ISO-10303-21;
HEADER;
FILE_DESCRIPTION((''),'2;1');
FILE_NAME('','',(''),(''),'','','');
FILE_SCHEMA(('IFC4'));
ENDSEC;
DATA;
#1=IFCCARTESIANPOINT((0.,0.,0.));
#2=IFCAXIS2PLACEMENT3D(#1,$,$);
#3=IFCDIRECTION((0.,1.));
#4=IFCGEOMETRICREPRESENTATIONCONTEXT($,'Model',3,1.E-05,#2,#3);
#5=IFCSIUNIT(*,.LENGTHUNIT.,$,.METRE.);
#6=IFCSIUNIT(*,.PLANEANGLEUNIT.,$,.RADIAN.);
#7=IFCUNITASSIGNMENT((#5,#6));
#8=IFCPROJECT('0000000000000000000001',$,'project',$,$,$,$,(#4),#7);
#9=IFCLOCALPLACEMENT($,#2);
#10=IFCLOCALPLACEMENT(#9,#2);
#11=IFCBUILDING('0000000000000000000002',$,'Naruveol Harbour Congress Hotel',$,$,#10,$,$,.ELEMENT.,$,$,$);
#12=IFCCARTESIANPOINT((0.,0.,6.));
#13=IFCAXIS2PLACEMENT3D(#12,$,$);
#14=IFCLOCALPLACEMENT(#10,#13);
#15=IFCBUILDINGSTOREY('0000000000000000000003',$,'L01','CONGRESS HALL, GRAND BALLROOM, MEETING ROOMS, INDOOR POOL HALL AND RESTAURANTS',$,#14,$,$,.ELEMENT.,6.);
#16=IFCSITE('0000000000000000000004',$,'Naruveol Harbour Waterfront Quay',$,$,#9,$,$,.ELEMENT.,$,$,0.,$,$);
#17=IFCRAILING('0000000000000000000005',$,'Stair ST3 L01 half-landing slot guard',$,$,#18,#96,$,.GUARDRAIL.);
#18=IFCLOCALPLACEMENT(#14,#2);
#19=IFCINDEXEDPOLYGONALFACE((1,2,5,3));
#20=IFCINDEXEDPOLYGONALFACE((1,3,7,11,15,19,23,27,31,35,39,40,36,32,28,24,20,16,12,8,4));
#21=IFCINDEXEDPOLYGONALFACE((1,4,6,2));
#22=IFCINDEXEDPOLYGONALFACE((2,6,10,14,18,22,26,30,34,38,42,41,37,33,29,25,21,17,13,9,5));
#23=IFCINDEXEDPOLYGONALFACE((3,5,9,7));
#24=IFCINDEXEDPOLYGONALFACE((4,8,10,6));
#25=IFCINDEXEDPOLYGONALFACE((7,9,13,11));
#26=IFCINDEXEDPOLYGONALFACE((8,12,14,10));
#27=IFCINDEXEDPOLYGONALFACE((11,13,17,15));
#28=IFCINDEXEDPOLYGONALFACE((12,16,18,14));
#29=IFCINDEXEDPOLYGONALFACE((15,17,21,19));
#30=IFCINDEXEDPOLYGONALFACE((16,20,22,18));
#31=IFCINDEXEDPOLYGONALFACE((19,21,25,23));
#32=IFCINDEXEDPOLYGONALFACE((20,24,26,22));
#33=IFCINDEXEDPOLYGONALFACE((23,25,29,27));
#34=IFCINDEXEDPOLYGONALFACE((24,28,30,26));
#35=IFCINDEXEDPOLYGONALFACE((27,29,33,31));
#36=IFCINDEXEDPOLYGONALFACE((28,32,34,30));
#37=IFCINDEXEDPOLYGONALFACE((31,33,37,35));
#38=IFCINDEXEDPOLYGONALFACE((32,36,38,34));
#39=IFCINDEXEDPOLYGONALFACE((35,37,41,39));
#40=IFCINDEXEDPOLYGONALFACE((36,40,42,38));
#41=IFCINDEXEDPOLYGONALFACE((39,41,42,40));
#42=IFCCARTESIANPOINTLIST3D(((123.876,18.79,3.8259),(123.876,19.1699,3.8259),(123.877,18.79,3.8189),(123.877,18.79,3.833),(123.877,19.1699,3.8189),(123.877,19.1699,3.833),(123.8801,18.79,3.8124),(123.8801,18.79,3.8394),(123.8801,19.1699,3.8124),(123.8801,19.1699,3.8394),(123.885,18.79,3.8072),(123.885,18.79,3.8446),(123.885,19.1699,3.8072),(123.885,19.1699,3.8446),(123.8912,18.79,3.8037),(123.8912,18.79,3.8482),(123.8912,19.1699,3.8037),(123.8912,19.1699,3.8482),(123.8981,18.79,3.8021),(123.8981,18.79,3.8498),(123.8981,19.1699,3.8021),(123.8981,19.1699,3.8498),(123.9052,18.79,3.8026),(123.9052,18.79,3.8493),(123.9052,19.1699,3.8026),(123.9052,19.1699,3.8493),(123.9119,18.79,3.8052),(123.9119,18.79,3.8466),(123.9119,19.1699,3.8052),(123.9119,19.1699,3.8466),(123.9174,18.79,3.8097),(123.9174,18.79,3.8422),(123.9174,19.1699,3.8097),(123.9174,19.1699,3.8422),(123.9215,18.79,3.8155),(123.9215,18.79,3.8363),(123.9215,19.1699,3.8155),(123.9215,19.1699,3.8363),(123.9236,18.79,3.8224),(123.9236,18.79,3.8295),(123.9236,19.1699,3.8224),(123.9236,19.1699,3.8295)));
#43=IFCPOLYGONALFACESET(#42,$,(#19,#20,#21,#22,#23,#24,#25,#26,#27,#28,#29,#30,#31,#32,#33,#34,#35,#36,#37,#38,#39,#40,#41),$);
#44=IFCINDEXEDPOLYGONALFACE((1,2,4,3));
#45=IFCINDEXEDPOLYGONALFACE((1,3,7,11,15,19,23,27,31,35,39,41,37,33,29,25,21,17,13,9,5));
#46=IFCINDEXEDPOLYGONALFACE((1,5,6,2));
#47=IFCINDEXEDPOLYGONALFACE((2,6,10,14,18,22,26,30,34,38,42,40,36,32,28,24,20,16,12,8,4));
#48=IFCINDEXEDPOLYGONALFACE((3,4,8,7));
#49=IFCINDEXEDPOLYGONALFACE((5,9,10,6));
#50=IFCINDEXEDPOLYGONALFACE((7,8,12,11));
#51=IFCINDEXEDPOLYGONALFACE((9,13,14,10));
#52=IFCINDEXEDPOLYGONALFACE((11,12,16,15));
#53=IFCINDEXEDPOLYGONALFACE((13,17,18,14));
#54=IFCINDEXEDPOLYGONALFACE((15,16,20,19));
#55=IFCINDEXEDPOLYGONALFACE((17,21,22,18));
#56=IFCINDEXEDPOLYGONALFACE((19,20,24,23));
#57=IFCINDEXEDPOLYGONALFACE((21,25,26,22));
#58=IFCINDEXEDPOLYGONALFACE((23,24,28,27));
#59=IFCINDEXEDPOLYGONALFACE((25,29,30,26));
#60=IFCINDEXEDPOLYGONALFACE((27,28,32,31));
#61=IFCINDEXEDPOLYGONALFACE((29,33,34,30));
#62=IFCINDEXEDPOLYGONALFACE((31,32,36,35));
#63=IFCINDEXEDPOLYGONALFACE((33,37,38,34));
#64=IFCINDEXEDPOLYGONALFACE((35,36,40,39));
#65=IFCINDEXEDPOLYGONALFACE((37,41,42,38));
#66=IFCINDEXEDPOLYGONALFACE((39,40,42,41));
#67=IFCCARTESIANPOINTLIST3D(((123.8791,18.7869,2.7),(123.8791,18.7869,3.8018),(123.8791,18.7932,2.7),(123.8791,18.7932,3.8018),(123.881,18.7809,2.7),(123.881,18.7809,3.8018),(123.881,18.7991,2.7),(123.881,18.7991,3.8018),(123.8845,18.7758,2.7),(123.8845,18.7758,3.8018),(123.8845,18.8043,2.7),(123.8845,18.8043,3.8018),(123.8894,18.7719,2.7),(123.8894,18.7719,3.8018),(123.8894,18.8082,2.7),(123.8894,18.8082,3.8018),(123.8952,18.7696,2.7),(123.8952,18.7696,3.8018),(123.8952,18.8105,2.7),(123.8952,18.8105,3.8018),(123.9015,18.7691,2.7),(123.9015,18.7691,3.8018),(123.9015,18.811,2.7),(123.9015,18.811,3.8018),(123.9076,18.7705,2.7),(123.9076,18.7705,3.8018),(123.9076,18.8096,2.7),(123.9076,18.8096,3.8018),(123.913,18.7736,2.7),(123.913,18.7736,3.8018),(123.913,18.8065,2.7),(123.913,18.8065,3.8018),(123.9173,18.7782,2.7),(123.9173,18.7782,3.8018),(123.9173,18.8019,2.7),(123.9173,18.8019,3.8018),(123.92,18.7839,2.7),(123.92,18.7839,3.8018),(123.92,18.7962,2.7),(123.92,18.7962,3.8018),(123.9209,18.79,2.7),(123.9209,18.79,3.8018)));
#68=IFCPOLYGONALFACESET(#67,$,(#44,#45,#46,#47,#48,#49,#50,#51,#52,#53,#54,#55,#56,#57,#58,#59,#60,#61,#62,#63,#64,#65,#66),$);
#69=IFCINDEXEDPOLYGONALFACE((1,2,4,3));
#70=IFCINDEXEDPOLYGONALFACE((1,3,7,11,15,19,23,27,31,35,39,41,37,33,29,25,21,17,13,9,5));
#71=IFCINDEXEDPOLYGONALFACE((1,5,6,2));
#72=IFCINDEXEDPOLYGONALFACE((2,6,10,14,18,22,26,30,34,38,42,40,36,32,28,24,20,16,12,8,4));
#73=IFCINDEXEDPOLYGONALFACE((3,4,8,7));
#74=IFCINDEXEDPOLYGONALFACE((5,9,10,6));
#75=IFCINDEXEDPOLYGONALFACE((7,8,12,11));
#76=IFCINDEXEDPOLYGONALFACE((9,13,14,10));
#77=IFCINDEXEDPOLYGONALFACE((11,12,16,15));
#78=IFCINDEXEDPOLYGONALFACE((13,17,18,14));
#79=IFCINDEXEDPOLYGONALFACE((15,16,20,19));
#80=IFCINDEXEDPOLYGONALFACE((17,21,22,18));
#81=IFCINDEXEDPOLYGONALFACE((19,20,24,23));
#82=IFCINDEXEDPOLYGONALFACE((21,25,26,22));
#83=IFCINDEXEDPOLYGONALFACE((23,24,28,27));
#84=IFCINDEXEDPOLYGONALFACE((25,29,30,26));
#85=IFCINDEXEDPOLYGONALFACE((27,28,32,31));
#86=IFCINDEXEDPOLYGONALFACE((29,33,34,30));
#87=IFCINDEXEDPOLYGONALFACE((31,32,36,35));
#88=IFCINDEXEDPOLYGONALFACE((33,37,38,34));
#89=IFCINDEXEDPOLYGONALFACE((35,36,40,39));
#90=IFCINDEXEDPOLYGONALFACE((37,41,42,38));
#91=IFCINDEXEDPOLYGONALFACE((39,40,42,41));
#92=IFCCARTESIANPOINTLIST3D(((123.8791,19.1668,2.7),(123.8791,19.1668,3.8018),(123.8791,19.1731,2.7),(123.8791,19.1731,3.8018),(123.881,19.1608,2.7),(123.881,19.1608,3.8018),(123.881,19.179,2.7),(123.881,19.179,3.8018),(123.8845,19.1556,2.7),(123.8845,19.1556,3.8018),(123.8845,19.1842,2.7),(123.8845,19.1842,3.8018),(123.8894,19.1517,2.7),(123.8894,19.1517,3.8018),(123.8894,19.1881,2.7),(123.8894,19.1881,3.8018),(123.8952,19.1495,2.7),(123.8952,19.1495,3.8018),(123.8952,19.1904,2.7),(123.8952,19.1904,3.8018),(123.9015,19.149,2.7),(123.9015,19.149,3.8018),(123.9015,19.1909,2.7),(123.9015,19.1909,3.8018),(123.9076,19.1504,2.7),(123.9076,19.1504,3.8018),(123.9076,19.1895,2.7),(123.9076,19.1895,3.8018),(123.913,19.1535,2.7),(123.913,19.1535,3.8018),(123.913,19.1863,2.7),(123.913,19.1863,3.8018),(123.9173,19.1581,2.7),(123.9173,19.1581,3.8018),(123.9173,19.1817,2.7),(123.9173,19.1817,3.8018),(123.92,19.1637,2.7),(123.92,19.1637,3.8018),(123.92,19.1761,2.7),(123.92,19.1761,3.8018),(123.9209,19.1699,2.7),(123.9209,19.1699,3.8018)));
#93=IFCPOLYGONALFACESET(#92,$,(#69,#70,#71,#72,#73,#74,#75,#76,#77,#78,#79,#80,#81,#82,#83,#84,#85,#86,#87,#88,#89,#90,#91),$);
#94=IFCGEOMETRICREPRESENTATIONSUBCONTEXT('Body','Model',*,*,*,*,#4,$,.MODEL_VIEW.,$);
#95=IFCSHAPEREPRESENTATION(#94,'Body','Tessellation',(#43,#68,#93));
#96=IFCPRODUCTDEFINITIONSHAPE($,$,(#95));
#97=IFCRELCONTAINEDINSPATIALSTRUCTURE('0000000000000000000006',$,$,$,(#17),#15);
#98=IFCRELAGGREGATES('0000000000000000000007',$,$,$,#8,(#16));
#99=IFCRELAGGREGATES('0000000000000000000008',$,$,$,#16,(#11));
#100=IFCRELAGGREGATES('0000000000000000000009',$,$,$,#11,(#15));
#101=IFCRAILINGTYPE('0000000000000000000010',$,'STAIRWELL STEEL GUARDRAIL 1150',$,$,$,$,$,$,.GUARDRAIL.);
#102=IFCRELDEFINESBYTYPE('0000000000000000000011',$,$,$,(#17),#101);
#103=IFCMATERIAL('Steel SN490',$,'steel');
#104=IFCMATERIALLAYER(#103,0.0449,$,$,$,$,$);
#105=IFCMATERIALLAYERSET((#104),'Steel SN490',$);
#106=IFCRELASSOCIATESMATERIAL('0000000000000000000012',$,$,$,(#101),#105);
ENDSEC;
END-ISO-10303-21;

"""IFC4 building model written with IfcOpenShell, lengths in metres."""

from ifc_helpers import new_model, si_unit, direction, frame, origin, origin_2d, place, context, subcontext, project, spatial, circle, extrude, material, layer, layer_set, type_object, element, save


model = new_model("IFC4")

# Units and contexts
model_context = context("Model", 3, precision=1e-05, world=origin(), true_north=direction((0.0, 1.0)))
body_context = subcontext(model_context, "Body", "Model", "MODEL_VIEW")
ifc_project = project(units=[si_unit("LENGTHUNIT", "METRE"), si_unit("PLANEANGLEUNIT", "RADIAN")], contexts=[model_context])

# Site, building, storey
site_placement = place(None, origin())
site = spatial("IfcSite", under=ifc_project, at=site_placement, Name="Naruveol Harbour Waterfront Quay", CompositionType="ELEMENT", RefElevation=0.0)
building_placement = place(site_placement, origin())
building = spatial("IfcBuilding", under=site, at=building_placement, Name="Naruveol Harbour Congress Hotel", CompositionType="ELEMENT")
storey_placement = place(building_placement, frame((0.0, 0.0, 6.0)))
storey = spatial("IfcBuildingStorey", under=building, at=storey_placement, Name="L01", Description="CONGRESS HALL, GRAND BALLROOM, MEETING ROOMS, INDOOR POOL HALL AND RESTAURANTS", CompositionType="ELEMENT", Elevation=6.0)

# Railing
ifc_material_1 = material(Name="Steel SN490", Category="steel")
ifc_layer_1 = layer(ifc_material_1, 0.0449)
ifc_layer_set_1 = layer_set([ifc_layer_1], Name="Steel SN490")
railing_type_1 = type_object("IfcRailingType", Name="STAIRWELL STEEL GUARDRAIL 1150", PredefinedType="GUARDRAIL", material=ifc_layer_set_1)
railing_1_placement = place(storey_placement, frame((123.8999, 18.79, 2.7)))
element("IfcRailing", 1, at=railing_1_placement, inside=storey, type_object=railing_type_1, Name="Stair ST3 L01 half-landing slot guard", PredefinedType="GUARDRAIL", context=body_context, shape_type="SweptSolid", body=[
    extrude(circle(Radius=0.0239, at=origin_2d()), frame((0.0, 0.0, 1.126), z_axis=(0.0, 1.0, 0.0), x_axis=(-1.0, 0.0, 0.0)), (0.0, 0.0, 1.0), 0.3799),
    extrude(circle(Radius=0.021, at=origin_2d()), origin(), (0.0, 0.0, 1.0), 1.1018),
    extrude(circle(Radius=0.021, at=origin_2d()), frame((0.0, 0.3799, 0.0)), (0.0, 0.0, 1.0), 1.1018),
])

save(model, "model.ifc")
